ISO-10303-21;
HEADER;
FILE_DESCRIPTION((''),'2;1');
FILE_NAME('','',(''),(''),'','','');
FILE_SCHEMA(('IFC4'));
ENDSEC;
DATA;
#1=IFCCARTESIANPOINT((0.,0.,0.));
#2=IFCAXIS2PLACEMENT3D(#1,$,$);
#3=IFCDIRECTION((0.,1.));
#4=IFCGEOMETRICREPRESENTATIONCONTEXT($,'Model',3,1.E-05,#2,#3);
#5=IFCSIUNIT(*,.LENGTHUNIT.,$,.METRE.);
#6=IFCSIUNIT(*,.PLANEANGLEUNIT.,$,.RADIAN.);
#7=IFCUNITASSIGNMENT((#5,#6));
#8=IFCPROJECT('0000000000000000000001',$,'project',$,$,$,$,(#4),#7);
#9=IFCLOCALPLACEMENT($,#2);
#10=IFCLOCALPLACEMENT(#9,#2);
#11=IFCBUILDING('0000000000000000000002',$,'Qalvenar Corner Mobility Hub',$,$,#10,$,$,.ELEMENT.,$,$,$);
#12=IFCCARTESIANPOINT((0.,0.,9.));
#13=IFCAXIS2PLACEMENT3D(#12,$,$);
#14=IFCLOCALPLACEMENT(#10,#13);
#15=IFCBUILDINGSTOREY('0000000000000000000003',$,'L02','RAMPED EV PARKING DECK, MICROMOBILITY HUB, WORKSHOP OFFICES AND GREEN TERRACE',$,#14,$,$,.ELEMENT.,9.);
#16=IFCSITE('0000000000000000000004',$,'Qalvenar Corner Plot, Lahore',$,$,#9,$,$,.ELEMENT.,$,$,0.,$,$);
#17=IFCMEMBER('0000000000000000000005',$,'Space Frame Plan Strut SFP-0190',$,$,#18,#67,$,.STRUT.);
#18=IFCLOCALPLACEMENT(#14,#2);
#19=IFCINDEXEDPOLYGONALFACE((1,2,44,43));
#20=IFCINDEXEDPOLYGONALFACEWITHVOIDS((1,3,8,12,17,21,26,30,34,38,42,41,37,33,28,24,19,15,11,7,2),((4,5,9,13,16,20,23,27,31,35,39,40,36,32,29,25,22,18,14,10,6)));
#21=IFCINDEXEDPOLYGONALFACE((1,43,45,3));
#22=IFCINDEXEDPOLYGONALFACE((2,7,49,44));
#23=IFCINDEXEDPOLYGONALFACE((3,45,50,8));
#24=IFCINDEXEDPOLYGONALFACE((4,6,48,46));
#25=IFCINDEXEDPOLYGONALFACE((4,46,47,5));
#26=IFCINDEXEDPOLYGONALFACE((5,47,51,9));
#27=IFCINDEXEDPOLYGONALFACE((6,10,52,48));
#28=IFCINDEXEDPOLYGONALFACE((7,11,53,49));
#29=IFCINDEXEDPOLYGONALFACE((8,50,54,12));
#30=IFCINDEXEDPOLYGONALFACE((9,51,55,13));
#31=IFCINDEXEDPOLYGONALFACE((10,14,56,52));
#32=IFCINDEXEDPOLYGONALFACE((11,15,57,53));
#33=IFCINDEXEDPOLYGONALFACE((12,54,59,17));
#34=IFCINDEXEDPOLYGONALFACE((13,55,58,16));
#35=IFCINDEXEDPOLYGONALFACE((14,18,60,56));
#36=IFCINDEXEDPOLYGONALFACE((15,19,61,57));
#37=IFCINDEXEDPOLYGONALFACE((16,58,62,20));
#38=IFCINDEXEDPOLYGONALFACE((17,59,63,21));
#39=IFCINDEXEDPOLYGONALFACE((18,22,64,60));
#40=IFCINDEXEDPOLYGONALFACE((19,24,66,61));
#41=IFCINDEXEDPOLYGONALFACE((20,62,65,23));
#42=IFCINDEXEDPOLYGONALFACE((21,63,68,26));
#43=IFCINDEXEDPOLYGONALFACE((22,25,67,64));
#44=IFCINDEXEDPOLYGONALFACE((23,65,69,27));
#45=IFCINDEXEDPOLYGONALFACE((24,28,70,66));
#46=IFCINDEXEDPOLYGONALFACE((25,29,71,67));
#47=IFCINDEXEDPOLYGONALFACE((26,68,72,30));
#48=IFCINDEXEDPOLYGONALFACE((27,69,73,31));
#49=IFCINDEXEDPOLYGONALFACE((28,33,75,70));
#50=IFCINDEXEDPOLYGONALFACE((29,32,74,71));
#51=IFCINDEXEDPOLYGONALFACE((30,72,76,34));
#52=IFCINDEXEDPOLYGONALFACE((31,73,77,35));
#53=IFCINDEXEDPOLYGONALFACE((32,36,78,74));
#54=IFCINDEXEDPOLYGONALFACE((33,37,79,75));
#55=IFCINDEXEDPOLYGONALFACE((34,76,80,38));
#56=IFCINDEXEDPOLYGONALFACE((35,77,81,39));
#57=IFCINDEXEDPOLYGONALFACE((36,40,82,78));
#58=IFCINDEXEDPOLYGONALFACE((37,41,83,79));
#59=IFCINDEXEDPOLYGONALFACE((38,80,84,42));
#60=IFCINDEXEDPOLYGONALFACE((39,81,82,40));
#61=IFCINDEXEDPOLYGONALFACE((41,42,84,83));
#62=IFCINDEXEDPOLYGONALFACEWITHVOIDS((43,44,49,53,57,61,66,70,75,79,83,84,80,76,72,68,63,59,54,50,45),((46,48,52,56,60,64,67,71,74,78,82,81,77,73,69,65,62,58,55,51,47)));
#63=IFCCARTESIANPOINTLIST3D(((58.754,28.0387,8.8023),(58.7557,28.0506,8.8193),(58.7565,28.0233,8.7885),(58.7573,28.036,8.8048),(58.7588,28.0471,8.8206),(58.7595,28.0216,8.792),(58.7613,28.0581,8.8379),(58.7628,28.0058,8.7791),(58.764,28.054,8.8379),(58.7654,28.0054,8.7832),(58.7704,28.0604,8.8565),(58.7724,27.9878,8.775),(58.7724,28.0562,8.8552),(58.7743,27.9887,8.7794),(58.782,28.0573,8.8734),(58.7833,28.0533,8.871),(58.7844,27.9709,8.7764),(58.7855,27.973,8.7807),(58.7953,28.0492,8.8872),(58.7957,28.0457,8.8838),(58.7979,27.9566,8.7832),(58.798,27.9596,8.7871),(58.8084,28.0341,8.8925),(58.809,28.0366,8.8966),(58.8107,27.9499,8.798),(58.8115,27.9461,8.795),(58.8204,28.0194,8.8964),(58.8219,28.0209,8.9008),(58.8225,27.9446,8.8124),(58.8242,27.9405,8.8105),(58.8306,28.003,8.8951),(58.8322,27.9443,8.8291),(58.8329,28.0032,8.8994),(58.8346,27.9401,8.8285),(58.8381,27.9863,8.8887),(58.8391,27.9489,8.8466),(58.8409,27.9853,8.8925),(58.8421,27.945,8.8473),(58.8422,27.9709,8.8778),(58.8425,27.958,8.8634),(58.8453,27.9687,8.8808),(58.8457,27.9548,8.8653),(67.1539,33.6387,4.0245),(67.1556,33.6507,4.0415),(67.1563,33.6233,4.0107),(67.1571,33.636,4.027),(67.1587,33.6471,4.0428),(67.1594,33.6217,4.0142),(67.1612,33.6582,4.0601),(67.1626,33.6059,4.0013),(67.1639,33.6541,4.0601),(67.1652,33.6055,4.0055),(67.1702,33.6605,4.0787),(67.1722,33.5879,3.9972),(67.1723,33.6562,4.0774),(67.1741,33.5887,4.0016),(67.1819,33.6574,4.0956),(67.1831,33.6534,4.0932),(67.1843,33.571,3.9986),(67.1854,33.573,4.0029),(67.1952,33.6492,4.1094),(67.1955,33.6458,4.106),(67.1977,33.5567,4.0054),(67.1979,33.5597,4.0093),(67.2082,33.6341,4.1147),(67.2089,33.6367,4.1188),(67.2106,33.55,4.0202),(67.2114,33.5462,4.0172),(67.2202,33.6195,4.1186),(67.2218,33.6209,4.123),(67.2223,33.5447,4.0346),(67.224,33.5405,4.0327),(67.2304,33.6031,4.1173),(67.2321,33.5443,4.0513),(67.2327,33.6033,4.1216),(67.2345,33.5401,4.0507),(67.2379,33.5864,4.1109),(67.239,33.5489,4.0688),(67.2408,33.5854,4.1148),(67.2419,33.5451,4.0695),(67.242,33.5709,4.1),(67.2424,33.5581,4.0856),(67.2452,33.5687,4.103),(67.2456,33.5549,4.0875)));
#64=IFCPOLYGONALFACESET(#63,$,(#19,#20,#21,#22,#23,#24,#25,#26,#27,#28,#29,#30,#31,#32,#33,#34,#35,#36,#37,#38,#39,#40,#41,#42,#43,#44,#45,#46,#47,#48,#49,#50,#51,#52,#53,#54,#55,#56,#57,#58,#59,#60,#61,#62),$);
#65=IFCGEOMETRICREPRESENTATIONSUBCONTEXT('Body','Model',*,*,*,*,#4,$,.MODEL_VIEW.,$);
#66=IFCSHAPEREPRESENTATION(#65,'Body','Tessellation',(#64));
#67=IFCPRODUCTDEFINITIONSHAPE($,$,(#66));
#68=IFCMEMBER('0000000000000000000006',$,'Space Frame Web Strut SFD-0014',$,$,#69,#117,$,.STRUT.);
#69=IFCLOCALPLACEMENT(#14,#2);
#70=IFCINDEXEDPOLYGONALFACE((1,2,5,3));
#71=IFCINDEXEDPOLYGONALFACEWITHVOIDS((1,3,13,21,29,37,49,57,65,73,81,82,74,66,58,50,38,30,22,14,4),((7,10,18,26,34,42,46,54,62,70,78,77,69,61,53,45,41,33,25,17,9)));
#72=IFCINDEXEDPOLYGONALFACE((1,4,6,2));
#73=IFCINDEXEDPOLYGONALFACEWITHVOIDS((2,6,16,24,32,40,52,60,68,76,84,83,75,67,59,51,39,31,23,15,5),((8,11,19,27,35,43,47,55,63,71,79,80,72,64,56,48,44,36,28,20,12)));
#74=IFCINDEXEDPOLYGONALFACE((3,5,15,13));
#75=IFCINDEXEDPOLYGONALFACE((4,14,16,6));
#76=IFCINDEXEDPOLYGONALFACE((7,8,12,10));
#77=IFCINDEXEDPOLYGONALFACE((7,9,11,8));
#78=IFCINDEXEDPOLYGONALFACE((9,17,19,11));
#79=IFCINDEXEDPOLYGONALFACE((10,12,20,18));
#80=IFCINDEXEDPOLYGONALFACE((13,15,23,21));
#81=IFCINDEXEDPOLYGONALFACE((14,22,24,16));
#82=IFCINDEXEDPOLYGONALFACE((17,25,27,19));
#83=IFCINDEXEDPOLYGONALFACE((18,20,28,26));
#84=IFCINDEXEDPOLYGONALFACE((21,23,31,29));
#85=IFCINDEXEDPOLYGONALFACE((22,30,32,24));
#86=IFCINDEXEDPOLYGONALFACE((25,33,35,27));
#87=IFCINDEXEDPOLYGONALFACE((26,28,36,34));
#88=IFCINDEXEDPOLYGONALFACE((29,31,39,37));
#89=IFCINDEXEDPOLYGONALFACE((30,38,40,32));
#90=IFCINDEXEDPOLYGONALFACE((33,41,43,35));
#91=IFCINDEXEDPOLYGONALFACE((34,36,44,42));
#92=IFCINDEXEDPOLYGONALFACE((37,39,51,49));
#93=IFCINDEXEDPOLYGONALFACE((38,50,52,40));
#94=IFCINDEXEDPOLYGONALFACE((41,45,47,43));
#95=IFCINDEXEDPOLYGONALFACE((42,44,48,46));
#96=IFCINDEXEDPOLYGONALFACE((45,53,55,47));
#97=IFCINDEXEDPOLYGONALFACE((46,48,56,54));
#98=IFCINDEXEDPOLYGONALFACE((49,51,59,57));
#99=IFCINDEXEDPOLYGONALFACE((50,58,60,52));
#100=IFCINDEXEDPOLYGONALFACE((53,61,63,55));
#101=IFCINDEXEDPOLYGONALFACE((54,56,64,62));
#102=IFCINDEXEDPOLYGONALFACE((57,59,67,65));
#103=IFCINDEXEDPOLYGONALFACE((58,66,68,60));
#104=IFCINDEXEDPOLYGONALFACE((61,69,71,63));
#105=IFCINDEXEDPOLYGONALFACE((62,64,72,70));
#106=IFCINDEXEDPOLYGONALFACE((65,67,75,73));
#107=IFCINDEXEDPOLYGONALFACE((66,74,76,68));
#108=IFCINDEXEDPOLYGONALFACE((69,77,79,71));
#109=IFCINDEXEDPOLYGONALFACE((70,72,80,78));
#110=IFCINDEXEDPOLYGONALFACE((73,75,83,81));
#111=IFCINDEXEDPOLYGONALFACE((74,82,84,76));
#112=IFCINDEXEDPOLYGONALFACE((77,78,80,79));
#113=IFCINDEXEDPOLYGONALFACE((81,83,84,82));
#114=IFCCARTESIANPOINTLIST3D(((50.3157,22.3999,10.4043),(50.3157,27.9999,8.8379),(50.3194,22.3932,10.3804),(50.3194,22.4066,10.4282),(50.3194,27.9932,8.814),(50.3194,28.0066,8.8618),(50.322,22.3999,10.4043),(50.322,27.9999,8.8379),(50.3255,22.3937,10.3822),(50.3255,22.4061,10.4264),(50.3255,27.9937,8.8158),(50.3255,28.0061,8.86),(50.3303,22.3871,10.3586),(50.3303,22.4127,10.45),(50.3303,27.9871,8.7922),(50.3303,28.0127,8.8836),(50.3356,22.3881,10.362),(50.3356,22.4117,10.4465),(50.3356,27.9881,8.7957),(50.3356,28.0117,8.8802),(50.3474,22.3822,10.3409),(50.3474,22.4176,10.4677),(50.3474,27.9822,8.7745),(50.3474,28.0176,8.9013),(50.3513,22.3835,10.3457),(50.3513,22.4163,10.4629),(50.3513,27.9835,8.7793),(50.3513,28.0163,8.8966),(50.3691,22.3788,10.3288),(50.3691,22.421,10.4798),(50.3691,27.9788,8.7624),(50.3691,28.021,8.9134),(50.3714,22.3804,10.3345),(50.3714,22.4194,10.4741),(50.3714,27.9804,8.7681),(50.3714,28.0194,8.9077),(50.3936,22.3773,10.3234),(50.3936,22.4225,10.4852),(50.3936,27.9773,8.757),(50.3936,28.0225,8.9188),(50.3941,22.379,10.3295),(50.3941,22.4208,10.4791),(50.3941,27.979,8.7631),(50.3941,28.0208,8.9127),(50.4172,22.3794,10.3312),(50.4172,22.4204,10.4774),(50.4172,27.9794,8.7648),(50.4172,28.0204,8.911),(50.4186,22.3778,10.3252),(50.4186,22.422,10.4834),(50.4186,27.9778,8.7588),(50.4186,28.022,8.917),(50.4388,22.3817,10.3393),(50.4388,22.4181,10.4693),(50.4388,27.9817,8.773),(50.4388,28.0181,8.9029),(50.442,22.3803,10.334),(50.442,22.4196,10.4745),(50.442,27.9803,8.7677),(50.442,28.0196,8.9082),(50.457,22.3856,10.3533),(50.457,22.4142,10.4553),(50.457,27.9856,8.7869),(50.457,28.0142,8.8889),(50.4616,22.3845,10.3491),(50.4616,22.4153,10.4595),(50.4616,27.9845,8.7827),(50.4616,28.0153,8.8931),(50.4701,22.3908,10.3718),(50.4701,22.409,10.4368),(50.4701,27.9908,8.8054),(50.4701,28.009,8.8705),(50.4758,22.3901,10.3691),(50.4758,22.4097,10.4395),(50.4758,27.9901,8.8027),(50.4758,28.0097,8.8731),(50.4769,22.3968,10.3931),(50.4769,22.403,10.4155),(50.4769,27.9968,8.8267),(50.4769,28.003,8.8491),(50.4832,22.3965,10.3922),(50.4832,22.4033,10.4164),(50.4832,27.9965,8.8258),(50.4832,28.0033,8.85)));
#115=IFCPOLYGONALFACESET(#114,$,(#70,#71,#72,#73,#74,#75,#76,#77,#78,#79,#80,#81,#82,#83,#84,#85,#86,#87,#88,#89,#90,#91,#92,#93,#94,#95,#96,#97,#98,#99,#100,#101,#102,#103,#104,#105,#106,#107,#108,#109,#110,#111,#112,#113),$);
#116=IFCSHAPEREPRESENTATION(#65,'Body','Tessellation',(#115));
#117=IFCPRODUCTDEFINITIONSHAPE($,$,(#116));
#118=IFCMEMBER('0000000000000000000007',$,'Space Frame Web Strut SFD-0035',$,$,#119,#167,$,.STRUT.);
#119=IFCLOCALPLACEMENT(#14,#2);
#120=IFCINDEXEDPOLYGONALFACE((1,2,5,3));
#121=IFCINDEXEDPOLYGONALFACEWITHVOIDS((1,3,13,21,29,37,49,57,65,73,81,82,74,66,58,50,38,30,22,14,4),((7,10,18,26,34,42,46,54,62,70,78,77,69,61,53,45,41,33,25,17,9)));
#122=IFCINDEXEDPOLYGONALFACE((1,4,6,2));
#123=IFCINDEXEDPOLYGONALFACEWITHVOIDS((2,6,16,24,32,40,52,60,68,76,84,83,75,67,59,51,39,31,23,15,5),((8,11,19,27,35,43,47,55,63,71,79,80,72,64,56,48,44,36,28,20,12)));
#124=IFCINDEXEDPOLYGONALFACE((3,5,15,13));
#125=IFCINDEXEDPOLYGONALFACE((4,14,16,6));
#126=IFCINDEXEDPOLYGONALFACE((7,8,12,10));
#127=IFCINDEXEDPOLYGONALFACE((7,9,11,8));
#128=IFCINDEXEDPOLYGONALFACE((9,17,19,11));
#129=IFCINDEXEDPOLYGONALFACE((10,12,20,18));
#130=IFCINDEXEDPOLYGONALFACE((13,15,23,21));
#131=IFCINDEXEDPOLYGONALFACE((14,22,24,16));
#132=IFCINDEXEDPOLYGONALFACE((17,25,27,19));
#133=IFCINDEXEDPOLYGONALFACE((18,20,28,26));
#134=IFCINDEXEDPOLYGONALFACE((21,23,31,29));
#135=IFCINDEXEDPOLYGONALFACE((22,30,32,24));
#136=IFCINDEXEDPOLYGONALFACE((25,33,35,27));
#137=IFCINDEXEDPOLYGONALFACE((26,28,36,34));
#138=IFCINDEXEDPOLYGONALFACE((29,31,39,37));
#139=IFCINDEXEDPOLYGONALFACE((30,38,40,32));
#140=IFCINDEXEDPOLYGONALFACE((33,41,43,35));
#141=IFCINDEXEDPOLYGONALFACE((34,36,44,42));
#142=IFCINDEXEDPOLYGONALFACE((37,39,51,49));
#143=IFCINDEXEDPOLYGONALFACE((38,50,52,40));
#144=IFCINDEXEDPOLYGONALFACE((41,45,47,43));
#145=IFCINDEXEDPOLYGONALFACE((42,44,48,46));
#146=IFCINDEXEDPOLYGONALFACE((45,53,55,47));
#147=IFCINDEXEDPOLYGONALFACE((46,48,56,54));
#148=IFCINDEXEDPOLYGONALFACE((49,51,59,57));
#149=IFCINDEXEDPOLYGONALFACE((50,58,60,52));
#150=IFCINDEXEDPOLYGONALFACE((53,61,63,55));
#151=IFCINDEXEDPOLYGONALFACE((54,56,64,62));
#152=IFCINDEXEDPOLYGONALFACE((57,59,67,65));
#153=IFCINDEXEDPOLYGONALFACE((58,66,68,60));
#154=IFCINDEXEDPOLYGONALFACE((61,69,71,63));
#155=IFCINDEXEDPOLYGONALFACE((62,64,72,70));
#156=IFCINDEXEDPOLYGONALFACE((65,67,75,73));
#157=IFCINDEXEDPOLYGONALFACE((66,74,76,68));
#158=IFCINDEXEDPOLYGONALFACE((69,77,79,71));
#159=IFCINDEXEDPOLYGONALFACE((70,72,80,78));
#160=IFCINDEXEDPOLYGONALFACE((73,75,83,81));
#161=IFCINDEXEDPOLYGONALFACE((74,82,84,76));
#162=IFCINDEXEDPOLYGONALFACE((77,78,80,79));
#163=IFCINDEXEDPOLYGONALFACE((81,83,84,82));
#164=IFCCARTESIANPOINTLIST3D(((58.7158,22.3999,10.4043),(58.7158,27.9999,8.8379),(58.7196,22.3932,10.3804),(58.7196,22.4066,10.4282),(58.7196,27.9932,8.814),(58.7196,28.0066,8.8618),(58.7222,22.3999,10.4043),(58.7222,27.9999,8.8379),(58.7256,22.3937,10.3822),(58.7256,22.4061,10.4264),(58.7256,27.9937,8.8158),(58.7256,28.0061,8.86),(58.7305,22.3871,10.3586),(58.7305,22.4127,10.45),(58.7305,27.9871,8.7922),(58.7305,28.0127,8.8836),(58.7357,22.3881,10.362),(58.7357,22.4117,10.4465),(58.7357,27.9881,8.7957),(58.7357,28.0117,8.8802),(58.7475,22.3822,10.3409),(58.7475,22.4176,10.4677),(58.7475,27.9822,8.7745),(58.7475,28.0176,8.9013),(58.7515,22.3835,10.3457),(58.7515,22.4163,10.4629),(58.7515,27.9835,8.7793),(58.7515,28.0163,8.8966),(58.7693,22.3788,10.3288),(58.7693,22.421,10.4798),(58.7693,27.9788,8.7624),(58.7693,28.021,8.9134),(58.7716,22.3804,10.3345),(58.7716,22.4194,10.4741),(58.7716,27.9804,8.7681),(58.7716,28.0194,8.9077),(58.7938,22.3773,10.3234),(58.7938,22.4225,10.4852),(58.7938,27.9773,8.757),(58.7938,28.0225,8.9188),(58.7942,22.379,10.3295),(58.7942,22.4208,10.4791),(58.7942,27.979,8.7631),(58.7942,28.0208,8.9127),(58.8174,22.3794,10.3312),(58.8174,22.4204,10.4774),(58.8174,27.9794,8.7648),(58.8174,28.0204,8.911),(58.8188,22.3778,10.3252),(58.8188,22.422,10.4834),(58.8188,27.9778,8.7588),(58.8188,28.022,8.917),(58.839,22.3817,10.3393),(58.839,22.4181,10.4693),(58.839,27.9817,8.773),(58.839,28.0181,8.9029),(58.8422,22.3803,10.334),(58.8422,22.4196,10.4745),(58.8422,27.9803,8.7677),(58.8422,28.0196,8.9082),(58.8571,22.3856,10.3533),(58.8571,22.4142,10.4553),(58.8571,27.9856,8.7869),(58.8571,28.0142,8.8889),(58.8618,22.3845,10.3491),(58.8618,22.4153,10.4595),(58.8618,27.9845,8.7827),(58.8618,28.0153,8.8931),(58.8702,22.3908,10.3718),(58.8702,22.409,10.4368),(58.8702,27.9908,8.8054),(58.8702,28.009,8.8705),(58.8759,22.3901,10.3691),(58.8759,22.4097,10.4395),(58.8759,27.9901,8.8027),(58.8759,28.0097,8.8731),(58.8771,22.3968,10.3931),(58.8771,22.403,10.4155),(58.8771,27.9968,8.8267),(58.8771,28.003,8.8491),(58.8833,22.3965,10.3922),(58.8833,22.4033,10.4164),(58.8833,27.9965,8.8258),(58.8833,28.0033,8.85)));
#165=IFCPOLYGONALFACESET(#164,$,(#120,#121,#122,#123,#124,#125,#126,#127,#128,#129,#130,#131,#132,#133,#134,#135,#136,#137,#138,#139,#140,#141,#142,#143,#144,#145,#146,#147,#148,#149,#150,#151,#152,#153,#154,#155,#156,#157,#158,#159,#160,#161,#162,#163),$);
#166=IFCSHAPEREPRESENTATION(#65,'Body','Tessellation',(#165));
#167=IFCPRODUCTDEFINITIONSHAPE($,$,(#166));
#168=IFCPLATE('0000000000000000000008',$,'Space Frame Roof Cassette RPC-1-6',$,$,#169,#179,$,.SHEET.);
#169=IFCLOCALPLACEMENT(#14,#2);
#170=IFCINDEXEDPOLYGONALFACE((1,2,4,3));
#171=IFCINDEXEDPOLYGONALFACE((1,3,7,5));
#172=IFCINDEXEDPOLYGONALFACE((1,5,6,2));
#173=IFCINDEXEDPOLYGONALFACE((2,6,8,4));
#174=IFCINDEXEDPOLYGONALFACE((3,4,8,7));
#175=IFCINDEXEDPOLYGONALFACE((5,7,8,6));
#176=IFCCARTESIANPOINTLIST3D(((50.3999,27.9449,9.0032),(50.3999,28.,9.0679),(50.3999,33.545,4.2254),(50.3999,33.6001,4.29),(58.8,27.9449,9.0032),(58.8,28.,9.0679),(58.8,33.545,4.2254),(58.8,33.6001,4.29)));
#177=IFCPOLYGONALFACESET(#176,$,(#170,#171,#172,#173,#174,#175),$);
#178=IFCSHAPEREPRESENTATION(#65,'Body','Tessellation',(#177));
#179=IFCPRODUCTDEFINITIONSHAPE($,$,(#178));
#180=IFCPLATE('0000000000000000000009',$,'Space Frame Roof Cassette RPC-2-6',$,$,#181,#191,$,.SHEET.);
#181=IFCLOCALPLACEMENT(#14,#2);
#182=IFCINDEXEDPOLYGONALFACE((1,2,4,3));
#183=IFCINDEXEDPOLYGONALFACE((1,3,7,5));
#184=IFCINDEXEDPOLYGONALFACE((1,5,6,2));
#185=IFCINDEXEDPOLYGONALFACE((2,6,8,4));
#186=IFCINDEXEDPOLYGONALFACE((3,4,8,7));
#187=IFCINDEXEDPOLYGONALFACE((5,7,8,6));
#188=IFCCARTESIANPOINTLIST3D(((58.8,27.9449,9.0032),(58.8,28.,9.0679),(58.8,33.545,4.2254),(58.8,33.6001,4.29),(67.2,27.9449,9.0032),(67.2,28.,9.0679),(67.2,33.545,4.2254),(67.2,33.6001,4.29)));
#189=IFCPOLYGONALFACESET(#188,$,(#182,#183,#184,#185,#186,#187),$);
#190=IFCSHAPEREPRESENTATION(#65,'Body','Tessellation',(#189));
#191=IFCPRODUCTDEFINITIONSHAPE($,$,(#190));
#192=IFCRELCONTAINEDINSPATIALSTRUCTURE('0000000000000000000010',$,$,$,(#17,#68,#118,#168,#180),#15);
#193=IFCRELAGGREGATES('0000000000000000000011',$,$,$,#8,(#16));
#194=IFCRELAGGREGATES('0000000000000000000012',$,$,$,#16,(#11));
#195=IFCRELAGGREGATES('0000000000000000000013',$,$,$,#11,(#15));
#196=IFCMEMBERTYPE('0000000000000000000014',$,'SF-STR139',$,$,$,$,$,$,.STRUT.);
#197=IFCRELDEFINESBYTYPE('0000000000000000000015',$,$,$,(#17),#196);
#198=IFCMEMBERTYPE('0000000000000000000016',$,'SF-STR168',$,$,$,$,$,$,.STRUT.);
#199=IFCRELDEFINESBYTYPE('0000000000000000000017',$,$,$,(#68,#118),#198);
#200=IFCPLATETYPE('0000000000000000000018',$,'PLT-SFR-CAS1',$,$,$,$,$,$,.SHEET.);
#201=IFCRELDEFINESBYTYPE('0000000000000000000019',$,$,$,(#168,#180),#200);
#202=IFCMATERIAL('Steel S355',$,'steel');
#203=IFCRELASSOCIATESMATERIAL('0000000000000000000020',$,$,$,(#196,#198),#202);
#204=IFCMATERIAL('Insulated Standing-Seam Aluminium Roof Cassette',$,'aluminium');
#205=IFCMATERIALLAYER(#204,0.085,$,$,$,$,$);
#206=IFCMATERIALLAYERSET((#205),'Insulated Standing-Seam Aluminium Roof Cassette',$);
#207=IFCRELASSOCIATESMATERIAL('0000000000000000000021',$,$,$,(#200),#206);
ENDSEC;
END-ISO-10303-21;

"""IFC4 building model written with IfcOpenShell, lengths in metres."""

from ifc_helpers import new_model, si_unit, direction, frame, origin, origin_2d, place, context, subcontext, project, spatial, polyline, hollow_circle, outline, extrude, material, layer, layer_set, material_profile, profile_set, type_object, element, save


model = new_model("IFC4")

# Units and contexts
model_context = context("Model", 3, precision=1e-05, world=origin(), true_north=direction((0.0, 1.0)))
body_context = subcontext(model_context, "Body", "Model", "MODEL_VIEW")
ifc_project = project(units=[si_unit("LENGTHUNIT", "METRE"), si_unit("PLANEANGLEUNIT", "RADIAN")], contexts=[model_context])

# Site, building, storey
site_placement = place(None, origin())
site = spatial("IfcSite", under=ifc_project, at=site_placement, Name="Qalvenar Corner Plot, Lahore", CompositionType="ELEMENT", RefElevation=0.0)
building_placement = place(site_placement, origin())
building = spatial("IfcBuilding", under=site, at=building_placement, Name="Qalvenar Corner Mobility Hub", CompositionType="ELEMENT")
storey_placement = place(building_placement, frame((0.0, 0.0, 9.0)))
storey = spatial("IfcBuildingStorey", under=building, at=storey_placement, Name="L02", Description="RAMPED EV PARKING DECK, MICROMOBILITY HUB, WORKSHOP OFFICES AND GREEN TERRACE", CompositionType="ELEMENT", Elevation=9.0)

# Members
ifc_material_1 = material(Name="Steel S355", Category="steel")
ifc_material_profile_1 = material_profile(ifc_material_1, hollow_circle(Radius=0.0698, WallThickness=0.0049, at=origin_2d()), Name="CHS139.7x5")
ifc_profile_set_1 = profile_set([ifc_material_profile_1], Name="Steel S355")
member_type_1 = type_object("IfcMemberType", Name="SF-STR139", PredefinedType="STRUT", material=ifc_profile_set_1)
member_1_placement = place(storey_placement, frame((58.8, 28.0, 8.8379), z_axis=(0.752071, 0.501395, -0.427775), x_axis=(-0.554711, 0.832043, 0.0)))
element("IfcMember", 1, at=member_1_placement, inside=storey, type_object=member_type_1, Name="Space Frame Plan Strut SFP-0190", PredefinedType="STRUT", context=body_context, shape_type="SweptSolid", body=[
    extrude(hollow_circle(Radius=0.0698, WallThickness=0.0049, at=origin_2d()), origin(), (0.0, 0.0, 1.0), 11.1689),
])
ifc_material_profile_2 = material_profile(ifc_material_1, hollow_circle(Radius=0.0842, WallThickness=0.0063, at=origin_2d()), Name="CHS168.3x6.3")
ifc_profile_set_2 = profile_set([ifc_material_profile_2], Name="Steel S355")
member_type_2 = type_object("IfcMemberType", Name="SF-STR168", PredefinedType="STRUT", material=ifc_profile_set_2)
for number, where, z_axis, x_axis, name in (
    (2, (50.3999, 22.3999, 10.4043), (0.0, 0.963036, -0.269371), (-1.0, 0.0, 0.0), "Space Frame Web Strut SFD-0014"),
    (3, (58.8, 22.3999, 10.4043), (0.0, 0.963036, -0.269371), (-1.0, 0.0, 0.0), "Space Frame Web Strut SFD-0035"),
):
    element("IfcMember", number, at=place(storey_placement, frame(where, z_axis=z_axis, x_axis=x_axis)), inside=storey, type_object=member_type_2, Name=name, PredefinedType="STRUT", context=body_context, shape_type="SweptSolid", body=[
        extrude(hollow_circle(Radius=0.0842, WallThickness=0.0063, at=origin_2d()), origin(), (0.0, 0.0, 1.0), 5.8149),
    ])

# Plates
ifc_material_2 = material(Name="Insulated Standing-Seam Aluminium Roof Cassette", Category="aluminium")
ifc_layer_1 = layer(ifc_material_2, 0.085)
ifc_layer_set_1 = layer_set([ifc_layer_1], Name="Insulated Standing-Seam Aluminium Roof Cassette")
plate_type_1 = type_object("IfcPlateType", Name="PLT-SFR-CAS1", PredefinedType="SHEET", material=ifc_layer_set_1)
plate_1_placement = place(storey_placement, frame((50.3999, 28.0, 9.0679), z_axis=(0.0, 0.649047, 0.760748), x_axis=(1.0, 0.0, 0.0)))
element("IfcPlate", 4, at=plate_1_placement, inside=storey, type_object=plate_type_1, Name="Space Frame Roof Cassette RPC-1-6", PredefinedType="SHEET", context=body_context, shape_type="SweptSolid", body=[
    extrude(outline(polyline([(0.0, 0.0), (8.4001, 0.0), (8.4001, 7.3613), (0.0, 7.3613), (0.0, 0.0)])), origin(), (0.0, 0.0, -1.0), 0.085),
])
plate_2_placement = place(storey_placement, frame((58.8, 28.0, 9.0679), z_axis=(0.0, 0.649047, 0.760748), x_axis=(1.0, 0.0, 0.0)))
element("IfcPlate", 5, at=plate_2_placement, inside=storey, type_object=plate_type_1, Name="Space Frame Roof Cassette RPC-2-6", PredefinedType="SHEET", context=body_context, shape_type="SweptSolid", body=[
    extrude(outline(polyline([(0.0, 0.0), (8.3999, 0.0), (8.3999, 7.3613), (0.0, 7.3613), (0.0, 0.0)])), origin(), (0.0, 0.0, -1.0), 0.085),
])

save(model, "model.ifc")
